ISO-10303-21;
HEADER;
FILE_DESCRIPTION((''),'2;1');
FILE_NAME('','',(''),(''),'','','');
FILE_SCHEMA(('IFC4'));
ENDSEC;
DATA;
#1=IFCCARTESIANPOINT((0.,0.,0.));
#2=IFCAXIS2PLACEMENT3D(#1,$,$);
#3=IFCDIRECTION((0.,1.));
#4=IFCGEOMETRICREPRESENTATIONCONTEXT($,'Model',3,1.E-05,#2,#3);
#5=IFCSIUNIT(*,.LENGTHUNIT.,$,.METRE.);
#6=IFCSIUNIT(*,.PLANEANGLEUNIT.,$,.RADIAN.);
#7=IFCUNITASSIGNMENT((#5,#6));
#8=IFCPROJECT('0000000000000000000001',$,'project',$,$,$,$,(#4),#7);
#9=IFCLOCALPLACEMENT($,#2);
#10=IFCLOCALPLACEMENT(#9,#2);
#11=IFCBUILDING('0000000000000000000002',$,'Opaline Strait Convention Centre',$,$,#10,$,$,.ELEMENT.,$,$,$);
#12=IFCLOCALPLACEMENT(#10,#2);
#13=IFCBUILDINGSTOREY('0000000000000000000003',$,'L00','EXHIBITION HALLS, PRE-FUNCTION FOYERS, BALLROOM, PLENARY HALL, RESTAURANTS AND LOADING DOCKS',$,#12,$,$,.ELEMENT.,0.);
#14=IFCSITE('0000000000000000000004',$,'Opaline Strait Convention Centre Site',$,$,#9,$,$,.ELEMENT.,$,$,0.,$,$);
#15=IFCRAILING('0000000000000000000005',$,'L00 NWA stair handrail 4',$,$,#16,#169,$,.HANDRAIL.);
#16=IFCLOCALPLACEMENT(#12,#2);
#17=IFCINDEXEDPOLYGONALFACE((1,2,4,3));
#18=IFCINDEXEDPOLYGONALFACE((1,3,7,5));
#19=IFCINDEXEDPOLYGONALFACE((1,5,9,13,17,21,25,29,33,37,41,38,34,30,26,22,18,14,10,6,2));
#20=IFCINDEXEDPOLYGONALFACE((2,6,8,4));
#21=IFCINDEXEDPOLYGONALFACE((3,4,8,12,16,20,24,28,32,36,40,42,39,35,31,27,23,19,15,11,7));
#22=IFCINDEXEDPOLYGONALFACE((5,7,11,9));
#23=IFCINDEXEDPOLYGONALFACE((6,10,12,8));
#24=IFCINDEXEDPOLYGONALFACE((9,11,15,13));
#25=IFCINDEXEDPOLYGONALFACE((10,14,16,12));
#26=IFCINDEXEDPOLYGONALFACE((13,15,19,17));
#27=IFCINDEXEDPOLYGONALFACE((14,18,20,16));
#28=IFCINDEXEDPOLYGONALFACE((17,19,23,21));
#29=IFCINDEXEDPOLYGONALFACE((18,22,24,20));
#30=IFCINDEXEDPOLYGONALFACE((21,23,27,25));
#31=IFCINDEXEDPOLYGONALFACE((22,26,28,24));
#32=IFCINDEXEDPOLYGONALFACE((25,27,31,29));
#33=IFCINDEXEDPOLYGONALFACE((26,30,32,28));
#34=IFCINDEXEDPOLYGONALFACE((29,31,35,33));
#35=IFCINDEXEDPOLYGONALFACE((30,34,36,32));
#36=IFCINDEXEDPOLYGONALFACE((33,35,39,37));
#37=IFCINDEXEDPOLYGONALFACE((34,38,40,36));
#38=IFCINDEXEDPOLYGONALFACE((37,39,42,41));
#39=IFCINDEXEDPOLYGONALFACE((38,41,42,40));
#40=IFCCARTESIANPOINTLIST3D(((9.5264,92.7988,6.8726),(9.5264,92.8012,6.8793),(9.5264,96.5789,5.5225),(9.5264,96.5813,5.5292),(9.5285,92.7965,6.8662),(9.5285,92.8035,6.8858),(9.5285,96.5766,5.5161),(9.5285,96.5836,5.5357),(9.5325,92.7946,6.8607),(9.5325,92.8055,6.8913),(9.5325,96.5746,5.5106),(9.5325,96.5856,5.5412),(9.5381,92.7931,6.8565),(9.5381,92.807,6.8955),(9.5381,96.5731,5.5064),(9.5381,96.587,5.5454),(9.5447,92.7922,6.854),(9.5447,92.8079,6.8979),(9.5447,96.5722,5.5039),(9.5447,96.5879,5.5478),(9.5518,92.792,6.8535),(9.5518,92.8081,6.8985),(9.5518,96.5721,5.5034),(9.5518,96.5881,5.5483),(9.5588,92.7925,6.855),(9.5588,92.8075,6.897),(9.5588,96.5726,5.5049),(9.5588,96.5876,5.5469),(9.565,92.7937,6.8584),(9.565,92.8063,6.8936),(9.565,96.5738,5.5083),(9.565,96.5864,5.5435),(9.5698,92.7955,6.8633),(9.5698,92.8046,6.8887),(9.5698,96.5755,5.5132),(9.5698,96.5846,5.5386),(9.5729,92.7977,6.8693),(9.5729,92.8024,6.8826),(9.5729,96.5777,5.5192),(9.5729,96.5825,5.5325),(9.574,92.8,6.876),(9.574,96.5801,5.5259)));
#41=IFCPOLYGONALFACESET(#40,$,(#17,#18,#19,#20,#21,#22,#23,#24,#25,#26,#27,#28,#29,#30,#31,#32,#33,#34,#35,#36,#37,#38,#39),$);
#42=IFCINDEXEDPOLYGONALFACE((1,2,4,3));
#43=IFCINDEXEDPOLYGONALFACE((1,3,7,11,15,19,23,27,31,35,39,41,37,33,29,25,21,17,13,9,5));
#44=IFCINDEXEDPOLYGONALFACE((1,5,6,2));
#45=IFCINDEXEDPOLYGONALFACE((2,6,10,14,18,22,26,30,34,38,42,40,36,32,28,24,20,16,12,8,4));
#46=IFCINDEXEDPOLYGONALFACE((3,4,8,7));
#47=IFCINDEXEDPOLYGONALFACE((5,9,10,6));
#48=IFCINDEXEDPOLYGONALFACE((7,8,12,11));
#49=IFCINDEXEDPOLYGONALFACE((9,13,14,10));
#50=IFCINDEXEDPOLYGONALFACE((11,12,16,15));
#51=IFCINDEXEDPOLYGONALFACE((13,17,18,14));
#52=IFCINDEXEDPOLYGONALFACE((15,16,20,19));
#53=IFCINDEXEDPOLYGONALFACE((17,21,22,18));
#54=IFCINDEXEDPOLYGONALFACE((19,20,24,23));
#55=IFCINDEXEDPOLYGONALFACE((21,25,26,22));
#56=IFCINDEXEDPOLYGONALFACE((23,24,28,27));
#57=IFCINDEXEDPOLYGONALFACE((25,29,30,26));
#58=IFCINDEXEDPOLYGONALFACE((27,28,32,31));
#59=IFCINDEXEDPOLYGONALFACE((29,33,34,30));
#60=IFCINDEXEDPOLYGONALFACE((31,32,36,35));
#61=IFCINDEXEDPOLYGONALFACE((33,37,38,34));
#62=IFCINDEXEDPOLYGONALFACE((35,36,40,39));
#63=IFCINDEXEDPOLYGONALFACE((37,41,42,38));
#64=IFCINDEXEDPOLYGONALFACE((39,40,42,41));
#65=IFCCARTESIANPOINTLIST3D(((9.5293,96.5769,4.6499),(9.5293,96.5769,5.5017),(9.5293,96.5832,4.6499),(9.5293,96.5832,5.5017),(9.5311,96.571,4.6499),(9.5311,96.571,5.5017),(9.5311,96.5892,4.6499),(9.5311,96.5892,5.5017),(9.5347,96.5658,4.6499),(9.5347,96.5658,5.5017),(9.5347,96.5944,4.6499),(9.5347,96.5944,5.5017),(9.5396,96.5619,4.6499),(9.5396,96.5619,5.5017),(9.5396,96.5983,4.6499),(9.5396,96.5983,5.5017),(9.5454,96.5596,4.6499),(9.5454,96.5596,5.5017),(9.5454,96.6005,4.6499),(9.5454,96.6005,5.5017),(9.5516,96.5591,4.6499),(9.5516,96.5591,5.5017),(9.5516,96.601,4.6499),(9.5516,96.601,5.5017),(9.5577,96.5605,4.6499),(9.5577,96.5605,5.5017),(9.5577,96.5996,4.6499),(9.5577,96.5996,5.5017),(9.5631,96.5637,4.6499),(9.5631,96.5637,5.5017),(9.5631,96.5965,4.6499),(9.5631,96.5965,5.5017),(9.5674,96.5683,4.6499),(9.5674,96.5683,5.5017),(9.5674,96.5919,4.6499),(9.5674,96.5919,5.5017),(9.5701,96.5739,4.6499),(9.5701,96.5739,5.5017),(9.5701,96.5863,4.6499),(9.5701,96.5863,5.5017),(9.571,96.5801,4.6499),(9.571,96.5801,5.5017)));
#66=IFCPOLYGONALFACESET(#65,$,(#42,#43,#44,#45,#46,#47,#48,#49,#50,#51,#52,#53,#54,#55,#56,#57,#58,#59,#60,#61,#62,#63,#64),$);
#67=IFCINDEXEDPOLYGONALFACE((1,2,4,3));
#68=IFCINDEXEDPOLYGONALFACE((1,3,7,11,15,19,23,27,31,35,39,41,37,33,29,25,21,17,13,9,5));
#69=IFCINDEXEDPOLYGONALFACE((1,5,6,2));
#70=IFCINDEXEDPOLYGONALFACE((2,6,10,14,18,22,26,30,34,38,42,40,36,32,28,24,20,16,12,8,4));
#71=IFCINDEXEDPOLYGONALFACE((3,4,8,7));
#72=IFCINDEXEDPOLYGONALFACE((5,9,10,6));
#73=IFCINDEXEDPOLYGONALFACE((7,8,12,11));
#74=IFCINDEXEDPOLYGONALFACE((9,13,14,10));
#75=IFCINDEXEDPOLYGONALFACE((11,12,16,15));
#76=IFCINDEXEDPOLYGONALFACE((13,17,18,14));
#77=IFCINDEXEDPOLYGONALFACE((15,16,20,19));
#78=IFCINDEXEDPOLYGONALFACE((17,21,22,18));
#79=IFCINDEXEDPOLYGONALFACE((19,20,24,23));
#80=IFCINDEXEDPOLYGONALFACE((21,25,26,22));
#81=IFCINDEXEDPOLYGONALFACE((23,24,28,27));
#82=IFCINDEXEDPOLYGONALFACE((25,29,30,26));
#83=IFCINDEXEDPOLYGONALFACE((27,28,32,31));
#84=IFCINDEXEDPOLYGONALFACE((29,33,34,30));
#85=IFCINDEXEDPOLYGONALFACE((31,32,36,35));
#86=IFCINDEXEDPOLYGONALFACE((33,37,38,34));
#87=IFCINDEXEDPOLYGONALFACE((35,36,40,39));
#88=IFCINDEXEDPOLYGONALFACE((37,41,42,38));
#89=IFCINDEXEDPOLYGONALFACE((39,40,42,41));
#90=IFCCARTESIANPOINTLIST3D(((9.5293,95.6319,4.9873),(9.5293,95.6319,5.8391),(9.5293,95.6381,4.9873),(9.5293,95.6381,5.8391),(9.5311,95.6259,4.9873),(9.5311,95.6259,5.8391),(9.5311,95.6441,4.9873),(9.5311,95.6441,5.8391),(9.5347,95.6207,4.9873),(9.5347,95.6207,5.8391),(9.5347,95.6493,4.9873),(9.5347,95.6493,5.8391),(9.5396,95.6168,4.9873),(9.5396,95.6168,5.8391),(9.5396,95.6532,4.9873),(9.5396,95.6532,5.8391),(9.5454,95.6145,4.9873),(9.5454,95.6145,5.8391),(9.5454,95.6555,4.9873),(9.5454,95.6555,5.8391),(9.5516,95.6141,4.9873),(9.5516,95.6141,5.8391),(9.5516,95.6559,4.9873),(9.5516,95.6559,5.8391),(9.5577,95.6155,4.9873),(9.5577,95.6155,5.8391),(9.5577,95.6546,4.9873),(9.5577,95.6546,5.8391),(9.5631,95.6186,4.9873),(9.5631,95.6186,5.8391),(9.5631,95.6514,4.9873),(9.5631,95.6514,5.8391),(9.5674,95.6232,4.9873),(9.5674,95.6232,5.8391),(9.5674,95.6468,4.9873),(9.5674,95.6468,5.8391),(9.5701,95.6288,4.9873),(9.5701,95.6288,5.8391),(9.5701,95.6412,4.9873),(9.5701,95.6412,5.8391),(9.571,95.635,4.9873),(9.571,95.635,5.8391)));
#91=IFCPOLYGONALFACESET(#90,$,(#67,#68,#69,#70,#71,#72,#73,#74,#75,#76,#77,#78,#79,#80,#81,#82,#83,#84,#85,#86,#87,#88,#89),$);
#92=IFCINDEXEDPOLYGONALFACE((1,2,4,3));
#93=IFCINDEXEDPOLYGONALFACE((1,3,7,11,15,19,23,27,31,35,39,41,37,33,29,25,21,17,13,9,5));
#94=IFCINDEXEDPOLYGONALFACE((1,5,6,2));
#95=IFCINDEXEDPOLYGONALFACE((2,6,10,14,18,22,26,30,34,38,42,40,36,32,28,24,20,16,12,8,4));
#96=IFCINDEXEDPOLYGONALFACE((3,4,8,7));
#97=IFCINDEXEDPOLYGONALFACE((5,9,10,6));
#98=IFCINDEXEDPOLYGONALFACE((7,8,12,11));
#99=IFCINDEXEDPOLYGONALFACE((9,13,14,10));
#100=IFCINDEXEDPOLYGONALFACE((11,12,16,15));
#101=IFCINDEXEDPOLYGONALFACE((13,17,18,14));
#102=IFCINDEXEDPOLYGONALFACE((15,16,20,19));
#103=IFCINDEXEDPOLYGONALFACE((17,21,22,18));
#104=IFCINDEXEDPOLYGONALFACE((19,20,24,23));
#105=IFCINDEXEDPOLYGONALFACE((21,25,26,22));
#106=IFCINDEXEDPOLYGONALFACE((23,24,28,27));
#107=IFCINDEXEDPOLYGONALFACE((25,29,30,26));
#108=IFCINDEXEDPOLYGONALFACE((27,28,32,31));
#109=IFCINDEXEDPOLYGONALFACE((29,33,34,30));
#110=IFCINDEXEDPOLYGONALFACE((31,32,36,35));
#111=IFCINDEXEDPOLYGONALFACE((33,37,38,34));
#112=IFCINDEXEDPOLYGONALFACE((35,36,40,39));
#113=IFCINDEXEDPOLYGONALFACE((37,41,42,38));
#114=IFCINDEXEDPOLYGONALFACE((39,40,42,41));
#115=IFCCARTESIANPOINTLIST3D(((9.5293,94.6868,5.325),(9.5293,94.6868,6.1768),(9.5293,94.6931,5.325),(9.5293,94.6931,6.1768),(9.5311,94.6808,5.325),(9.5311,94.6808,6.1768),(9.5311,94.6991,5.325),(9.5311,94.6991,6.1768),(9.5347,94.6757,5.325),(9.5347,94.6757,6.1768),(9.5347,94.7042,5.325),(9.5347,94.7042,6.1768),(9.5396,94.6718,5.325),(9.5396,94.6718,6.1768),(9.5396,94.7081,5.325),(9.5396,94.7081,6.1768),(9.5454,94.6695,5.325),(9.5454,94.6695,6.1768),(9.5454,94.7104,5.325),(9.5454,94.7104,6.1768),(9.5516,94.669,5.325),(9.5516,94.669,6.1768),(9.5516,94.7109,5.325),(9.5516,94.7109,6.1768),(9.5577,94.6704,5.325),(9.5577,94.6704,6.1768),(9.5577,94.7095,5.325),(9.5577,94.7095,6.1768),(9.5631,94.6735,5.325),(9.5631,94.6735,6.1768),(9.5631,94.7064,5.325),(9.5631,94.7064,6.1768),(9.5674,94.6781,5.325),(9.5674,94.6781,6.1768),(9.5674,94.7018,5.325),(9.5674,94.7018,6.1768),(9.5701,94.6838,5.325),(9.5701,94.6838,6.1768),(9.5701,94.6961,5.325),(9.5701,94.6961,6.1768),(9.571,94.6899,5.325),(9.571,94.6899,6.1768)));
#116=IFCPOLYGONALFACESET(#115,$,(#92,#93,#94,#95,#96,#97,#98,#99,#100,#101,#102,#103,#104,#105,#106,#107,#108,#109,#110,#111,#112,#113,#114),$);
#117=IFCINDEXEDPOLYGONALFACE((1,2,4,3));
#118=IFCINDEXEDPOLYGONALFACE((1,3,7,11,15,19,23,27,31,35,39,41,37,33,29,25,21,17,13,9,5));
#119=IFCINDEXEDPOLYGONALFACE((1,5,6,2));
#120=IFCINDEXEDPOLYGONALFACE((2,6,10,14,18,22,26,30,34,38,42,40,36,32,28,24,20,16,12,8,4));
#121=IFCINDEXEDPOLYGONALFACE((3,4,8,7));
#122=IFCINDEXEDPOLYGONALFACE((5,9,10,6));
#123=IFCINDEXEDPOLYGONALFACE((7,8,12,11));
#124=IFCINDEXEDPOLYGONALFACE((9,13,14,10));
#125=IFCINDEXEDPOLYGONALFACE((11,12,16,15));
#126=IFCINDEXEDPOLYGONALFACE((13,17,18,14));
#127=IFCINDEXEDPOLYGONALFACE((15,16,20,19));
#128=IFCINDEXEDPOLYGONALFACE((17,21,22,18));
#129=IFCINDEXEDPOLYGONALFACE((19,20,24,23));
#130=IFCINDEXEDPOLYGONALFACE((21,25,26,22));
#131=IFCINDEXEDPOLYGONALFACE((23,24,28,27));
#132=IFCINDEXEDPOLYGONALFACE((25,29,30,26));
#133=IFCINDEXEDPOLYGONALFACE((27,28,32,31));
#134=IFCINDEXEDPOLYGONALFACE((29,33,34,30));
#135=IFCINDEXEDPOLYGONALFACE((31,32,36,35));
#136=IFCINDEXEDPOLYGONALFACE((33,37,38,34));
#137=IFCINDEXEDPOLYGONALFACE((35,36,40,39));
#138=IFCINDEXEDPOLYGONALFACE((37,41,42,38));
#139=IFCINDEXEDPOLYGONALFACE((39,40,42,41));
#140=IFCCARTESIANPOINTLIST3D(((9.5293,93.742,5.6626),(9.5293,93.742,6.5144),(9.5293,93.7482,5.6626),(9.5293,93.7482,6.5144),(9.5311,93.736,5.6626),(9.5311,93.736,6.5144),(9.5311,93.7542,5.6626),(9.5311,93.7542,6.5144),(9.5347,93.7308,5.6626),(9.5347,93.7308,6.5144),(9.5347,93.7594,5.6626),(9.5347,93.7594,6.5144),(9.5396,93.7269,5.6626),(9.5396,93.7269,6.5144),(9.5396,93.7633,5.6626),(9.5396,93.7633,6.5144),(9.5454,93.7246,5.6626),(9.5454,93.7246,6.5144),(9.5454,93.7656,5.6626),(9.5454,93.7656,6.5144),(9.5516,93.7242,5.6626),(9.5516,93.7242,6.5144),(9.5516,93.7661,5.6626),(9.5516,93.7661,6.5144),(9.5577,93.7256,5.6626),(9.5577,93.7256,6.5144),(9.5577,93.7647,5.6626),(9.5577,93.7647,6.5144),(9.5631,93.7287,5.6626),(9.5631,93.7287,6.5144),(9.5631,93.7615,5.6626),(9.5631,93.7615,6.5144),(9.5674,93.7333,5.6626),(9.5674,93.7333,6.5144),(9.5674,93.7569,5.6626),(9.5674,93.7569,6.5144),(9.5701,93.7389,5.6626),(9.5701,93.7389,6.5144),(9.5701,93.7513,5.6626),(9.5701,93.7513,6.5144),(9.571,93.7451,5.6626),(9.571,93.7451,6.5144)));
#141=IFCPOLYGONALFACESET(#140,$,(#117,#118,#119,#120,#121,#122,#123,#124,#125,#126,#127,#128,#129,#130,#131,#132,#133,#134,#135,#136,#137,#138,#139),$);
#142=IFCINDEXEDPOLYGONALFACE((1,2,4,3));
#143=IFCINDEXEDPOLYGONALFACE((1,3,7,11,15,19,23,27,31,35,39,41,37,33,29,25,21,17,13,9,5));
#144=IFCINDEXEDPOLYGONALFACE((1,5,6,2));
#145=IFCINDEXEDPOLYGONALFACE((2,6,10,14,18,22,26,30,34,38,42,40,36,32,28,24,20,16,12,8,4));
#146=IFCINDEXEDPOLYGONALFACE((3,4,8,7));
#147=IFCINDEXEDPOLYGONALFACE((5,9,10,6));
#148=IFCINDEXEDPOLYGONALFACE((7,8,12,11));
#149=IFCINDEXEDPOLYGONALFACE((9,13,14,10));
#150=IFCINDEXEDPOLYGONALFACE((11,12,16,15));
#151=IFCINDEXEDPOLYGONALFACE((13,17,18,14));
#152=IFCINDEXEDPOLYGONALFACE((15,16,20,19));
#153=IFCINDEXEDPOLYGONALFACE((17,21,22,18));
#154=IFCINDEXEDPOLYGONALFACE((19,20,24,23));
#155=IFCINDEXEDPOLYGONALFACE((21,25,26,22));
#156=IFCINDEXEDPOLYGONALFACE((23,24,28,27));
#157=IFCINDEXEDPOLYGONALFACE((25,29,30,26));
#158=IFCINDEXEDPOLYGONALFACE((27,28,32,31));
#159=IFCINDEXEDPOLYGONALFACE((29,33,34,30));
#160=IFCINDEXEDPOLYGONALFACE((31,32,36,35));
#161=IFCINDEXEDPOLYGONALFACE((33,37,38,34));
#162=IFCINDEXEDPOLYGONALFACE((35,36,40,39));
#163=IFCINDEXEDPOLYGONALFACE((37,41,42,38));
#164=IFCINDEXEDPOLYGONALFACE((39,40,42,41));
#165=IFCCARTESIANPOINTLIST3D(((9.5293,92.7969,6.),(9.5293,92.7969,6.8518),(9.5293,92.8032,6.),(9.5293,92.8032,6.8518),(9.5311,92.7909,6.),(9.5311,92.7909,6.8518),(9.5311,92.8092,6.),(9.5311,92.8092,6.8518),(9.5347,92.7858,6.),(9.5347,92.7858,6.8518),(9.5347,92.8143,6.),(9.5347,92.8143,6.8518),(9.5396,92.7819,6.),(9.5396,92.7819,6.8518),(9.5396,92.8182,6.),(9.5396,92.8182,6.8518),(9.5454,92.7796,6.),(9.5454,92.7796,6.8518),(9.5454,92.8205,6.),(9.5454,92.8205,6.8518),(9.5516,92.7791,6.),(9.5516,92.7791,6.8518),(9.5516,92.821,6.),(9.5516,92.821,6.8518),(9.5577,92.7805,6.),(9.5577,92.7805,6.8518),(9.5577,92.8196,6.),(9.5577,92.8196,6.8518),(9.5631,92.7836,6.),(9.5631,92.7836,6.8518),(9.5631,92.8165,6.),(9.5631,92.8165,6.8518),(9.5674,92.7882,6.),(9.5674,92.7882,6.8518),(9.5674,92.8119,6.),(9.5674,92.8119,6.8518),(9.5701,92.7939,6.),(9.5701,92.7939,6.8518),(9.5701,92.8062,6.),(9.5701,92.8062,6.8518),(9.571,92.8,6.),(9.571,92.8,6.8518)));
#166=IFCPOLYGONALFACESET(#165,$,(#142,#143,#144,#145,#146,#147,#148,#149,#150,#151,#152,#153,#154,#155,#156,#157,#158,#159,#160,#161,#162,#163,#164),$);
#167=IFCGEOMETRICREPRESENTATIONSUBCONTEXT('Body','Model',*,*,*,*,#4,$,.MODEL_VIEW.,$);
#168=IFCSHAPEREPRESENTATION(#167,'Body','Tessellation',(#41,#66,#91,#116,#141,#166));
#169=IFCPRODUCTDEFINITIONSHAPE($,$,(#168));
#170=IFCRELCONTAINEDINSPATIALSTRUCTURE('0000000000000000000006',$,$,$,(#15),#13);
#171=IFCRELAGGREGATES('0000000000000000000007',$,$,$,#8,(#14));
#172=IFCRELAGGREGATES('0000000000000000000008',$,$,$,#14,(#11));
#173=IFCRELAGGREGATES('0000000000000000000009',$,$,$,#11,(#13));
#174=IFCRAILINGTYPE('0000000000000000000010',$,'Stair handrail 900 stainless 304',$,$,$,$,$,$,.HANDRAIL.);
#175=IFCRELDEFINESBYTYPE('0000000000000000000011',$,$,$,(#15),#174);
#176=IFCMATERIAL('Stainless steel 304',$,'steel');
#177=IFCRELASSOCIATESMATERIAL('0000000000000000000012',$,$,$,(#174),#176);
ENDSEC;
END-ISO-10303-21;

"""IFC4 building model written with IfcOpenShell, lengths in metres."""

from ifc_helpers import new_model, si_unit, direction, frame, origin, origin_2d, place, context, subcontext, project, spatial, circle, extrude, material, type_object, element, save


model = new_model("IFC4")

# Units and contexts
model_context = context("Model", 3, precision=1e-05, world=origin(), true_north=direction((0.0, 1.0)))
body_context = subcontext(model_context, "Body", "Model", "MODEL_VIEW")
ifc_project = project(units=[si_unit("LENGTHUNIT", "METRE"), si_unit("PLANEANGLEUNIT", "RADIAN")], contexts=[model_context])

# Site, building, storey
site_placement = place(None, origin())
site = spatial("IfcSite", under=ifc_project, at=site_placement, Name="Opaline Strait Convention Centre Site", CompositionType="ELEMENT", RefElevation=0.0)
building_placement = place(site_placement, origin())
building = spatial("IfcBuilding", under=site, at=building_placement, Name="Opaline Strait Convention Centre", CompositionType="ELEMENT")
storey_placement = place(building_placement, origin())
storey = spatial("IfcBuildingStorey", under=building, at=storey_placement, Name="L00", Description="EXHIBITION HALLS, PRE-FUNCTION FOYERS, BALLROOM, PLENARY HALL, RESTAURANTS AND LOADING DOCKS", CompositionType="ELEMENT", Elevation=0.0)

# Railing
ifc_material_1 = material(Name="Stainless steel 304", Category="steel")
railing_type_1 = type_object("IfcRailingType", Name="Stair handrail 900 stainless 304", PredefinedType="HANDRAIL", material=ifc_material_1)
railing_1_placement = place(storey_placement, frame((9.55, 96.5801, 4.6499)))
element("IfcRailing", 1, at=railing_1_placement, inside=storey, type_object=railing_type_1, Name="L00 NWA stair handrail 4", PredefinedType="HANDRAIL", context=body_context, shape_type="SweptSolid", body=[
    extrude(circle(Radius=0.0239, at=origin_2d()), frame((0.0, 0.0, 0.876), z_axis=(0.0, -0.941735, 0.336356), x_axis=(1.0, 0.0, 0.0)), (0.0, 0.0, 1.0), 4.0139),
    extrude(circle(Radius=0.021, at=origin_2d()), origin(), (0.0, 0.0, 1.0), 0.8518),
    extrude(circle(Radius=0.021, at=origin_2d()), frame((0.0, -0.9451, 0.3374)), (0.0, 0.0, 1.0), 0.8518),
    extrude(circle(Radius=0.021, at=origin_2d()), frame((0.0, -1.8901, 0.675)), (0.0, 0.0, 1.0), 0.8518),
    extrude(circle(Radius=0.021, at=origin_2d()), frame((0.0, -2.835, 1.0127)), (0.0, 0.0, 1.0), 0.8518),
    extrude(circle(Radius=0.021, at=origin_2d()), frame((0.0, -3.78, 1.3501)), (0.0, 0.0, 1.0), 0.8518),
])

save(model, "model.ifc")
